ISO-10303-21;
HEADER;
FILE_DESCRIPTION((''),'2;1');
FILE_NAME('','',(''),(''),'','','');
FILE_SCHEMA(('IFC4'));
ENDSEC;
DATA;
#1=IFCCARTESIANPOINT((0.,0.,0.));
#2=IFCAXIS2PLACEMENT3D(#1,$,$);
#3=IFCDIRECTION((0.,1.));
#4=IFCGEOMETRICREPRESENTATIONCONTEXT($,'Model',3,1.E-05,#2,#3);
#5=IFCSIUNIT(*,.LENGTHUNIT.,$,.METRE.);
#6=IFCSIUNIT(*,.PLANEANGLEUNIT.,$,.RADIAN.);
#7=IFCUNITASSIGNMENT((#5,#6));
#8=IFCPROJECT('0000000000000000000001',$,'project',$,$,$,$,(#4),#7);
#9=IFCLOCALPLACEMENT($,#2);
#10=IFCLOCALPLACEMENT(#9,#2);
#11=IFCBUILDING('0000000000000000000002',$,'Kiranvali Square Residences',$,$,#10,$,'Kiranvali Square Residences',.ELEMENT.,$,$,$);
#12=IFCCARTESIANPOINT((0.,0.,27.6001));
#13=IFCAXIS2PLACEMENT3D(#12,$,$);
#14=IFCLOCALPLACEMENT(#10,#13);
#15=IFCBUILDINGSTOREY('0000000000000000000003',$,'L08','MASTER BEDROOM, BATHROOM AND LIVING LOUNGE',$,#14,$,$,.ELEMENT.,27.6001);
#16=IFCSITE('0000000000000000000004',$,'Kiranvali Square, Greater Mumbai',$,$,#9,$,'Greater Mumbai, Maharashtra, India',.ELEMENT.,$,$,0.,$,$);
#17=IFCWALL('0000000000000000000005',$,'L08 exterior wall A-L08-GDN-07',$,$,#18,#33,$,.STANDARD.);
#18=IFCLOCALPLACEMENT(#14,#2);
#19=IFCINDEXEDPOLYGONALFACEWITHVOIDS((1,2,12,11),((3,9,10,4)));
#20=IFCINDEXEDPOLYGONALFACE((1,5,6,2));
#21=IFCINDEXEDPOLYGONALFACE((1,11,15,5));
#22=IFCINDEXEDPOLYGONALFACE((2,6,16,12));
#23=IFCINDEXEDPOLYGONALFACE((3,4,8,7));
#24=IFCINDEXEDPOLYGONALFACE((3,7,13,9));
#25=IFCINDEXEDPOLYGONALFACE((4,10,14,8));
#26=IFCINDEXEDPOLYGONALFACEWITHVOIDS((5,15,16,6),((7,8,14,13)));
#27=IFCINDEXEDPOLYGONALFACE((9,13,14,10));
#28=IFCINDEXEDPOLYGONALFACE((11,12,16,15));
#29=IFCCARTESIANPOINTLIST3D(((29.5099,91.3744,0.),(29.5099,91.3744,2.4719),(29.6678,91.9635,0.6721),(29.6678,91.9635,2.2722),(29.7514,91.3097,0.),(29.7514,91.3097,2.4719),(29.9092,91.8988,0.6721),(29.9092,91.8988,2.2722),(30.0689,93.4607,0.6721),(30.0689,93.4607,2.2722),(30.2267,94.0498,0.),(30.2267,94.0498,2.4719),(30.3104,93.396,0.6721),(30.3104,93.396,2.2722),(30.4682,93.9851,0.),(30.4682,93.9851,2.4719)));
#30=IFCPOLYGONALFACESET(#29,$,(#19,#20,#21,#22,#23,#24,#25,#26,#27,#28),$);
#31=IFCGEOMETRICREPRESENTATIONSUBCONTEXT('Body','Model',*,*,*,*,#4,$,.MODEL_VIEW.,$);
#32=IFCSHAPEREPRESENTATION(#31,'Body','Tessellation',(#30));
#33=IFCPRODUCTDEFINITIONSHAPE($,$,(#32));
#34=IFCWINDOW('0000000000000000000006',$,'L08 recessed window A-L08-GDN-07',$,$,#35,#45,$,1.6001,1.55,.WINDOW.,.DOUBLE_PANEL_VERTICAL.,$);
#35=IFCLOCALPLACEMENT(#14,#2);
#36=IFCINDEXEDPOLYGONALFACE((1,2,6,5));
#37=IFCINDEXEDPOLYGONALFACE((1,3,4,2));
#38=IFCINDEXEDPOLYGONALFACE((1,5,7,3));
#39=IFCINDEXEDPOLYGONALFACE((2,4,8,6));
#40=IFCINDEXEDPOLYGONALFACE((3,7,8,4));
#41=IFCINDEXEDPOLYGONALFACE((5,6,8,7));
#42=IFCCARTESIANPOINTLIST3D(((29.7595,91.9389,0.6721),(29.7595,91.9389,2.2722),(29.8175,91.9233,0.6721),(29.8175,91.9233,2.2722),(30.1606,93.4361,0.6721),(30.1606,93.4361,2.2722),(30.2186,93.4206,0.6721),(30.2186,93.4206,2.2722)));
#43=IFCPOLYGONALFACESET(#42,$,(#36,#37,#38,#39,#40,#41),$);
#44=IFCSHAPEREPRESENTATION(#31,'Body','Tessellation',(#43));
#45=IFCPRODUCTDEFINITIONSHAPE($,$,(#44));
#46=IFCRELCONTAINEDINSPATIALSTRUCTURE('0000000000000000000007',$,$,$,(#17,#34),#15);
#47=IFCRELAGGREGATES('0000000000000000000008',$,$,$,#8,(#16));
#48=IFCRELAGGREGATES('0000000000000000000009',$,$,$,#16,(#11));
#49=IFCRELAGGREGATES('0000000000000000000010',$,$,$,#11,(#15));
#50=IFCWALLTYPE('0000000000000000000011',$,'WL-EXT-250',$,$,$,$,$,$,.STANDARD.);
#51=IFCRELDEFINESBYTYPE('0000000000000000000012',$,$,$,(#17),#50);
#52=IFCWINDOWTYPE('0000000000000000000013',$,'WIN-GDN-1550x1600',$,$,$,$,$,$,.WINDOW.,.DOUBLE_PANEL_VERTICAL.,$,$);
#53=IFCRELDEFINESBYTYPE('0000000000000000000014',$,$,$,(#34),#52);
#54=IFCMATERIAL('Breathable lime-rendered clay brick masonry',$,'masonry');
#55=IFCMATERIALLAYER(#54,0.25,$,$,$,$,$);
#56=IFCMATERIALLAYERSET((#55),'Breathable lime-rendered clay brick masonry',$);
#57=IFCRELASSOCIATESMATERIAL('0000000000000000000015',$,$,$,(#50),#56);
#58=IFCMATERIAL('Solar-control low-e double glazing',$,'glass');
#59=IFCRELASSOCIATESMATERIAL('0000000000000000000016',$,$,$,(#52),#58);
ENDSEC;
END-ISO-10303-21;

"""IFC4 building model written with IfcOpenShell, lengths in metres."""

from ifc_helpers import new_model, si_unit, direction, frame, frame_2d, origin, place, context, subcontext, project, spatial, rectangle, extrude, material, layer, layer_set, type_object, element, fill, save


model = new_model("IFC4")

# Units and contexts
model_context = context("Model", 3, precision=1e-05, world=origin(), true_north=direction((0.0, 1.0)))
body_context = subcontext(model_context, "Body", "Model", "MODEL_VIEW")
ifc_project = project(units=[si_unit("LENGTHUNIT", "METRE"), si_unit("PLANEANGLEUNIT", "RADIAN")], contexts=[model_context])

# Site, building, storey
site_placement = place(None, origin())
site = spatial("IfcSite", under=ifc_project, at=site_placement, Name="Kiranvali Square, Greater Mumbai", LongName="Greater Mumbai, Maharashtra, India", CompositionType="ELEMENT", RefElevation=0.0)
building_placement = place(site_placement, origin())
building = spatial("IfcBuilding", under=site, at=building_placement, Name="Kiranvali Square Residences", LongName="Kiranvali Square Residences", CompositionType="ELEMENT")
storey_placement = place(building_placement, frame((0.0, 0.0, 27.6001)))
storey = spatial("IfcBuildingStorey", under=building, at=storey_placement, Name="L08", Description="MASTER BEDROOM, BATHROOM AND LIVING LOUNGE", CompositionType="ELEMENT", Elevation=27.6001)

# Shared definitions
ifc_material_1 = material(Name="Breathable lime-rendered clay brick masonry", Category="masonry")
ifc_layer_1 = layer(ifc_material_1, 0.25)
ifc_layer_set_1 = layer_set([ifc_layer_1], Name="Breathable lime-rendered clay brick masonry")
wall_type_1 = type_object("IfcWallType", Name="WL-EXT-250", PredefinedType="STANDARD", material=ifc_layer_set_1)

# Wall, opening, window
ifc_material_2 = material(Name="Solar-control low-e double glazing", Category="glass")
wall_1_placement = place(storey_placement, frame((30.3474, 94.0173, 0.0), z_axis=(0.0, 0.0, 1.0), x_axis=(-0.258782, -0.965936, 0.0)))
wall_1 = element("IfcWall", 1, at=wall_1_placement, inside=storey, type_object=wall_type_1, Name="L08 exterior wall A-L08-GDN-07", PredefinedType="STANDARD", context=body_context, shape_type="SweptSolid", body=[
    extrude(rectangle(XDim=2.7698, YDim=0.25, at=frame_2d((1.3848, 0.0))), origin(), (0.0, 0.0, 1.0), 2.4719),
])
opening_1_placement = place(wall_1_placement, frame((0.6099, 0.0, 0.6721)))
opening_1 = element("IfcOpeningElement", 2, at=opening_1_placement, cuts=wall_1, PredefinedType="OPENING", context=body_context, shape_type="SweptSolid", body=[
    extrude(rectangle(XDim=1.55, YDim=1.6001, at=frame_2d((0.7749, 0.8))), frame((0.0, 0.135, 0.0), z_axis=(0.0, -1.0, 0.0), x_axis=(1.0, 0.0, 0.0)), (0.0, 0.0, 1.0), 0.27),
])
window_type_1 = type_object("IfcWindowType", Name="WIN-GDN-1550x1600", PartitioningType="DOUBLE_PANEL_VERTICAL", PredefinedType="WINDOW", material=ifc_material_2)
window_1_placement = place(opening_1_placement, origin())
window_1 = element("IfcWindow", 3, at=window_1_placement, inside=storey, type_object=window_type_1, Name="L08 recessed window A-L08-GDN-07", OverallHeight=1.6001, OverallWidth=1.55, PartitioningType="DOUBLE_PANEL_VERTICAL", PredefinedType="WINDOW", context=body_context, shape_type="SweptSolid", body=[
    extrude(rectangle(XDim=1.55, YDim=1.6001, at=frame_2d((0.7749, 0.8))), frame((0.0, 0.03, 0.0), z_axis=(0.0, -1.0, 0.0), x_axis=(1.0, 0.0, 0.0)), (0.0, 0.0, 1.0), 0.0601),
])
fill(opening_1, window_1)

save(model, "model.ifc")
